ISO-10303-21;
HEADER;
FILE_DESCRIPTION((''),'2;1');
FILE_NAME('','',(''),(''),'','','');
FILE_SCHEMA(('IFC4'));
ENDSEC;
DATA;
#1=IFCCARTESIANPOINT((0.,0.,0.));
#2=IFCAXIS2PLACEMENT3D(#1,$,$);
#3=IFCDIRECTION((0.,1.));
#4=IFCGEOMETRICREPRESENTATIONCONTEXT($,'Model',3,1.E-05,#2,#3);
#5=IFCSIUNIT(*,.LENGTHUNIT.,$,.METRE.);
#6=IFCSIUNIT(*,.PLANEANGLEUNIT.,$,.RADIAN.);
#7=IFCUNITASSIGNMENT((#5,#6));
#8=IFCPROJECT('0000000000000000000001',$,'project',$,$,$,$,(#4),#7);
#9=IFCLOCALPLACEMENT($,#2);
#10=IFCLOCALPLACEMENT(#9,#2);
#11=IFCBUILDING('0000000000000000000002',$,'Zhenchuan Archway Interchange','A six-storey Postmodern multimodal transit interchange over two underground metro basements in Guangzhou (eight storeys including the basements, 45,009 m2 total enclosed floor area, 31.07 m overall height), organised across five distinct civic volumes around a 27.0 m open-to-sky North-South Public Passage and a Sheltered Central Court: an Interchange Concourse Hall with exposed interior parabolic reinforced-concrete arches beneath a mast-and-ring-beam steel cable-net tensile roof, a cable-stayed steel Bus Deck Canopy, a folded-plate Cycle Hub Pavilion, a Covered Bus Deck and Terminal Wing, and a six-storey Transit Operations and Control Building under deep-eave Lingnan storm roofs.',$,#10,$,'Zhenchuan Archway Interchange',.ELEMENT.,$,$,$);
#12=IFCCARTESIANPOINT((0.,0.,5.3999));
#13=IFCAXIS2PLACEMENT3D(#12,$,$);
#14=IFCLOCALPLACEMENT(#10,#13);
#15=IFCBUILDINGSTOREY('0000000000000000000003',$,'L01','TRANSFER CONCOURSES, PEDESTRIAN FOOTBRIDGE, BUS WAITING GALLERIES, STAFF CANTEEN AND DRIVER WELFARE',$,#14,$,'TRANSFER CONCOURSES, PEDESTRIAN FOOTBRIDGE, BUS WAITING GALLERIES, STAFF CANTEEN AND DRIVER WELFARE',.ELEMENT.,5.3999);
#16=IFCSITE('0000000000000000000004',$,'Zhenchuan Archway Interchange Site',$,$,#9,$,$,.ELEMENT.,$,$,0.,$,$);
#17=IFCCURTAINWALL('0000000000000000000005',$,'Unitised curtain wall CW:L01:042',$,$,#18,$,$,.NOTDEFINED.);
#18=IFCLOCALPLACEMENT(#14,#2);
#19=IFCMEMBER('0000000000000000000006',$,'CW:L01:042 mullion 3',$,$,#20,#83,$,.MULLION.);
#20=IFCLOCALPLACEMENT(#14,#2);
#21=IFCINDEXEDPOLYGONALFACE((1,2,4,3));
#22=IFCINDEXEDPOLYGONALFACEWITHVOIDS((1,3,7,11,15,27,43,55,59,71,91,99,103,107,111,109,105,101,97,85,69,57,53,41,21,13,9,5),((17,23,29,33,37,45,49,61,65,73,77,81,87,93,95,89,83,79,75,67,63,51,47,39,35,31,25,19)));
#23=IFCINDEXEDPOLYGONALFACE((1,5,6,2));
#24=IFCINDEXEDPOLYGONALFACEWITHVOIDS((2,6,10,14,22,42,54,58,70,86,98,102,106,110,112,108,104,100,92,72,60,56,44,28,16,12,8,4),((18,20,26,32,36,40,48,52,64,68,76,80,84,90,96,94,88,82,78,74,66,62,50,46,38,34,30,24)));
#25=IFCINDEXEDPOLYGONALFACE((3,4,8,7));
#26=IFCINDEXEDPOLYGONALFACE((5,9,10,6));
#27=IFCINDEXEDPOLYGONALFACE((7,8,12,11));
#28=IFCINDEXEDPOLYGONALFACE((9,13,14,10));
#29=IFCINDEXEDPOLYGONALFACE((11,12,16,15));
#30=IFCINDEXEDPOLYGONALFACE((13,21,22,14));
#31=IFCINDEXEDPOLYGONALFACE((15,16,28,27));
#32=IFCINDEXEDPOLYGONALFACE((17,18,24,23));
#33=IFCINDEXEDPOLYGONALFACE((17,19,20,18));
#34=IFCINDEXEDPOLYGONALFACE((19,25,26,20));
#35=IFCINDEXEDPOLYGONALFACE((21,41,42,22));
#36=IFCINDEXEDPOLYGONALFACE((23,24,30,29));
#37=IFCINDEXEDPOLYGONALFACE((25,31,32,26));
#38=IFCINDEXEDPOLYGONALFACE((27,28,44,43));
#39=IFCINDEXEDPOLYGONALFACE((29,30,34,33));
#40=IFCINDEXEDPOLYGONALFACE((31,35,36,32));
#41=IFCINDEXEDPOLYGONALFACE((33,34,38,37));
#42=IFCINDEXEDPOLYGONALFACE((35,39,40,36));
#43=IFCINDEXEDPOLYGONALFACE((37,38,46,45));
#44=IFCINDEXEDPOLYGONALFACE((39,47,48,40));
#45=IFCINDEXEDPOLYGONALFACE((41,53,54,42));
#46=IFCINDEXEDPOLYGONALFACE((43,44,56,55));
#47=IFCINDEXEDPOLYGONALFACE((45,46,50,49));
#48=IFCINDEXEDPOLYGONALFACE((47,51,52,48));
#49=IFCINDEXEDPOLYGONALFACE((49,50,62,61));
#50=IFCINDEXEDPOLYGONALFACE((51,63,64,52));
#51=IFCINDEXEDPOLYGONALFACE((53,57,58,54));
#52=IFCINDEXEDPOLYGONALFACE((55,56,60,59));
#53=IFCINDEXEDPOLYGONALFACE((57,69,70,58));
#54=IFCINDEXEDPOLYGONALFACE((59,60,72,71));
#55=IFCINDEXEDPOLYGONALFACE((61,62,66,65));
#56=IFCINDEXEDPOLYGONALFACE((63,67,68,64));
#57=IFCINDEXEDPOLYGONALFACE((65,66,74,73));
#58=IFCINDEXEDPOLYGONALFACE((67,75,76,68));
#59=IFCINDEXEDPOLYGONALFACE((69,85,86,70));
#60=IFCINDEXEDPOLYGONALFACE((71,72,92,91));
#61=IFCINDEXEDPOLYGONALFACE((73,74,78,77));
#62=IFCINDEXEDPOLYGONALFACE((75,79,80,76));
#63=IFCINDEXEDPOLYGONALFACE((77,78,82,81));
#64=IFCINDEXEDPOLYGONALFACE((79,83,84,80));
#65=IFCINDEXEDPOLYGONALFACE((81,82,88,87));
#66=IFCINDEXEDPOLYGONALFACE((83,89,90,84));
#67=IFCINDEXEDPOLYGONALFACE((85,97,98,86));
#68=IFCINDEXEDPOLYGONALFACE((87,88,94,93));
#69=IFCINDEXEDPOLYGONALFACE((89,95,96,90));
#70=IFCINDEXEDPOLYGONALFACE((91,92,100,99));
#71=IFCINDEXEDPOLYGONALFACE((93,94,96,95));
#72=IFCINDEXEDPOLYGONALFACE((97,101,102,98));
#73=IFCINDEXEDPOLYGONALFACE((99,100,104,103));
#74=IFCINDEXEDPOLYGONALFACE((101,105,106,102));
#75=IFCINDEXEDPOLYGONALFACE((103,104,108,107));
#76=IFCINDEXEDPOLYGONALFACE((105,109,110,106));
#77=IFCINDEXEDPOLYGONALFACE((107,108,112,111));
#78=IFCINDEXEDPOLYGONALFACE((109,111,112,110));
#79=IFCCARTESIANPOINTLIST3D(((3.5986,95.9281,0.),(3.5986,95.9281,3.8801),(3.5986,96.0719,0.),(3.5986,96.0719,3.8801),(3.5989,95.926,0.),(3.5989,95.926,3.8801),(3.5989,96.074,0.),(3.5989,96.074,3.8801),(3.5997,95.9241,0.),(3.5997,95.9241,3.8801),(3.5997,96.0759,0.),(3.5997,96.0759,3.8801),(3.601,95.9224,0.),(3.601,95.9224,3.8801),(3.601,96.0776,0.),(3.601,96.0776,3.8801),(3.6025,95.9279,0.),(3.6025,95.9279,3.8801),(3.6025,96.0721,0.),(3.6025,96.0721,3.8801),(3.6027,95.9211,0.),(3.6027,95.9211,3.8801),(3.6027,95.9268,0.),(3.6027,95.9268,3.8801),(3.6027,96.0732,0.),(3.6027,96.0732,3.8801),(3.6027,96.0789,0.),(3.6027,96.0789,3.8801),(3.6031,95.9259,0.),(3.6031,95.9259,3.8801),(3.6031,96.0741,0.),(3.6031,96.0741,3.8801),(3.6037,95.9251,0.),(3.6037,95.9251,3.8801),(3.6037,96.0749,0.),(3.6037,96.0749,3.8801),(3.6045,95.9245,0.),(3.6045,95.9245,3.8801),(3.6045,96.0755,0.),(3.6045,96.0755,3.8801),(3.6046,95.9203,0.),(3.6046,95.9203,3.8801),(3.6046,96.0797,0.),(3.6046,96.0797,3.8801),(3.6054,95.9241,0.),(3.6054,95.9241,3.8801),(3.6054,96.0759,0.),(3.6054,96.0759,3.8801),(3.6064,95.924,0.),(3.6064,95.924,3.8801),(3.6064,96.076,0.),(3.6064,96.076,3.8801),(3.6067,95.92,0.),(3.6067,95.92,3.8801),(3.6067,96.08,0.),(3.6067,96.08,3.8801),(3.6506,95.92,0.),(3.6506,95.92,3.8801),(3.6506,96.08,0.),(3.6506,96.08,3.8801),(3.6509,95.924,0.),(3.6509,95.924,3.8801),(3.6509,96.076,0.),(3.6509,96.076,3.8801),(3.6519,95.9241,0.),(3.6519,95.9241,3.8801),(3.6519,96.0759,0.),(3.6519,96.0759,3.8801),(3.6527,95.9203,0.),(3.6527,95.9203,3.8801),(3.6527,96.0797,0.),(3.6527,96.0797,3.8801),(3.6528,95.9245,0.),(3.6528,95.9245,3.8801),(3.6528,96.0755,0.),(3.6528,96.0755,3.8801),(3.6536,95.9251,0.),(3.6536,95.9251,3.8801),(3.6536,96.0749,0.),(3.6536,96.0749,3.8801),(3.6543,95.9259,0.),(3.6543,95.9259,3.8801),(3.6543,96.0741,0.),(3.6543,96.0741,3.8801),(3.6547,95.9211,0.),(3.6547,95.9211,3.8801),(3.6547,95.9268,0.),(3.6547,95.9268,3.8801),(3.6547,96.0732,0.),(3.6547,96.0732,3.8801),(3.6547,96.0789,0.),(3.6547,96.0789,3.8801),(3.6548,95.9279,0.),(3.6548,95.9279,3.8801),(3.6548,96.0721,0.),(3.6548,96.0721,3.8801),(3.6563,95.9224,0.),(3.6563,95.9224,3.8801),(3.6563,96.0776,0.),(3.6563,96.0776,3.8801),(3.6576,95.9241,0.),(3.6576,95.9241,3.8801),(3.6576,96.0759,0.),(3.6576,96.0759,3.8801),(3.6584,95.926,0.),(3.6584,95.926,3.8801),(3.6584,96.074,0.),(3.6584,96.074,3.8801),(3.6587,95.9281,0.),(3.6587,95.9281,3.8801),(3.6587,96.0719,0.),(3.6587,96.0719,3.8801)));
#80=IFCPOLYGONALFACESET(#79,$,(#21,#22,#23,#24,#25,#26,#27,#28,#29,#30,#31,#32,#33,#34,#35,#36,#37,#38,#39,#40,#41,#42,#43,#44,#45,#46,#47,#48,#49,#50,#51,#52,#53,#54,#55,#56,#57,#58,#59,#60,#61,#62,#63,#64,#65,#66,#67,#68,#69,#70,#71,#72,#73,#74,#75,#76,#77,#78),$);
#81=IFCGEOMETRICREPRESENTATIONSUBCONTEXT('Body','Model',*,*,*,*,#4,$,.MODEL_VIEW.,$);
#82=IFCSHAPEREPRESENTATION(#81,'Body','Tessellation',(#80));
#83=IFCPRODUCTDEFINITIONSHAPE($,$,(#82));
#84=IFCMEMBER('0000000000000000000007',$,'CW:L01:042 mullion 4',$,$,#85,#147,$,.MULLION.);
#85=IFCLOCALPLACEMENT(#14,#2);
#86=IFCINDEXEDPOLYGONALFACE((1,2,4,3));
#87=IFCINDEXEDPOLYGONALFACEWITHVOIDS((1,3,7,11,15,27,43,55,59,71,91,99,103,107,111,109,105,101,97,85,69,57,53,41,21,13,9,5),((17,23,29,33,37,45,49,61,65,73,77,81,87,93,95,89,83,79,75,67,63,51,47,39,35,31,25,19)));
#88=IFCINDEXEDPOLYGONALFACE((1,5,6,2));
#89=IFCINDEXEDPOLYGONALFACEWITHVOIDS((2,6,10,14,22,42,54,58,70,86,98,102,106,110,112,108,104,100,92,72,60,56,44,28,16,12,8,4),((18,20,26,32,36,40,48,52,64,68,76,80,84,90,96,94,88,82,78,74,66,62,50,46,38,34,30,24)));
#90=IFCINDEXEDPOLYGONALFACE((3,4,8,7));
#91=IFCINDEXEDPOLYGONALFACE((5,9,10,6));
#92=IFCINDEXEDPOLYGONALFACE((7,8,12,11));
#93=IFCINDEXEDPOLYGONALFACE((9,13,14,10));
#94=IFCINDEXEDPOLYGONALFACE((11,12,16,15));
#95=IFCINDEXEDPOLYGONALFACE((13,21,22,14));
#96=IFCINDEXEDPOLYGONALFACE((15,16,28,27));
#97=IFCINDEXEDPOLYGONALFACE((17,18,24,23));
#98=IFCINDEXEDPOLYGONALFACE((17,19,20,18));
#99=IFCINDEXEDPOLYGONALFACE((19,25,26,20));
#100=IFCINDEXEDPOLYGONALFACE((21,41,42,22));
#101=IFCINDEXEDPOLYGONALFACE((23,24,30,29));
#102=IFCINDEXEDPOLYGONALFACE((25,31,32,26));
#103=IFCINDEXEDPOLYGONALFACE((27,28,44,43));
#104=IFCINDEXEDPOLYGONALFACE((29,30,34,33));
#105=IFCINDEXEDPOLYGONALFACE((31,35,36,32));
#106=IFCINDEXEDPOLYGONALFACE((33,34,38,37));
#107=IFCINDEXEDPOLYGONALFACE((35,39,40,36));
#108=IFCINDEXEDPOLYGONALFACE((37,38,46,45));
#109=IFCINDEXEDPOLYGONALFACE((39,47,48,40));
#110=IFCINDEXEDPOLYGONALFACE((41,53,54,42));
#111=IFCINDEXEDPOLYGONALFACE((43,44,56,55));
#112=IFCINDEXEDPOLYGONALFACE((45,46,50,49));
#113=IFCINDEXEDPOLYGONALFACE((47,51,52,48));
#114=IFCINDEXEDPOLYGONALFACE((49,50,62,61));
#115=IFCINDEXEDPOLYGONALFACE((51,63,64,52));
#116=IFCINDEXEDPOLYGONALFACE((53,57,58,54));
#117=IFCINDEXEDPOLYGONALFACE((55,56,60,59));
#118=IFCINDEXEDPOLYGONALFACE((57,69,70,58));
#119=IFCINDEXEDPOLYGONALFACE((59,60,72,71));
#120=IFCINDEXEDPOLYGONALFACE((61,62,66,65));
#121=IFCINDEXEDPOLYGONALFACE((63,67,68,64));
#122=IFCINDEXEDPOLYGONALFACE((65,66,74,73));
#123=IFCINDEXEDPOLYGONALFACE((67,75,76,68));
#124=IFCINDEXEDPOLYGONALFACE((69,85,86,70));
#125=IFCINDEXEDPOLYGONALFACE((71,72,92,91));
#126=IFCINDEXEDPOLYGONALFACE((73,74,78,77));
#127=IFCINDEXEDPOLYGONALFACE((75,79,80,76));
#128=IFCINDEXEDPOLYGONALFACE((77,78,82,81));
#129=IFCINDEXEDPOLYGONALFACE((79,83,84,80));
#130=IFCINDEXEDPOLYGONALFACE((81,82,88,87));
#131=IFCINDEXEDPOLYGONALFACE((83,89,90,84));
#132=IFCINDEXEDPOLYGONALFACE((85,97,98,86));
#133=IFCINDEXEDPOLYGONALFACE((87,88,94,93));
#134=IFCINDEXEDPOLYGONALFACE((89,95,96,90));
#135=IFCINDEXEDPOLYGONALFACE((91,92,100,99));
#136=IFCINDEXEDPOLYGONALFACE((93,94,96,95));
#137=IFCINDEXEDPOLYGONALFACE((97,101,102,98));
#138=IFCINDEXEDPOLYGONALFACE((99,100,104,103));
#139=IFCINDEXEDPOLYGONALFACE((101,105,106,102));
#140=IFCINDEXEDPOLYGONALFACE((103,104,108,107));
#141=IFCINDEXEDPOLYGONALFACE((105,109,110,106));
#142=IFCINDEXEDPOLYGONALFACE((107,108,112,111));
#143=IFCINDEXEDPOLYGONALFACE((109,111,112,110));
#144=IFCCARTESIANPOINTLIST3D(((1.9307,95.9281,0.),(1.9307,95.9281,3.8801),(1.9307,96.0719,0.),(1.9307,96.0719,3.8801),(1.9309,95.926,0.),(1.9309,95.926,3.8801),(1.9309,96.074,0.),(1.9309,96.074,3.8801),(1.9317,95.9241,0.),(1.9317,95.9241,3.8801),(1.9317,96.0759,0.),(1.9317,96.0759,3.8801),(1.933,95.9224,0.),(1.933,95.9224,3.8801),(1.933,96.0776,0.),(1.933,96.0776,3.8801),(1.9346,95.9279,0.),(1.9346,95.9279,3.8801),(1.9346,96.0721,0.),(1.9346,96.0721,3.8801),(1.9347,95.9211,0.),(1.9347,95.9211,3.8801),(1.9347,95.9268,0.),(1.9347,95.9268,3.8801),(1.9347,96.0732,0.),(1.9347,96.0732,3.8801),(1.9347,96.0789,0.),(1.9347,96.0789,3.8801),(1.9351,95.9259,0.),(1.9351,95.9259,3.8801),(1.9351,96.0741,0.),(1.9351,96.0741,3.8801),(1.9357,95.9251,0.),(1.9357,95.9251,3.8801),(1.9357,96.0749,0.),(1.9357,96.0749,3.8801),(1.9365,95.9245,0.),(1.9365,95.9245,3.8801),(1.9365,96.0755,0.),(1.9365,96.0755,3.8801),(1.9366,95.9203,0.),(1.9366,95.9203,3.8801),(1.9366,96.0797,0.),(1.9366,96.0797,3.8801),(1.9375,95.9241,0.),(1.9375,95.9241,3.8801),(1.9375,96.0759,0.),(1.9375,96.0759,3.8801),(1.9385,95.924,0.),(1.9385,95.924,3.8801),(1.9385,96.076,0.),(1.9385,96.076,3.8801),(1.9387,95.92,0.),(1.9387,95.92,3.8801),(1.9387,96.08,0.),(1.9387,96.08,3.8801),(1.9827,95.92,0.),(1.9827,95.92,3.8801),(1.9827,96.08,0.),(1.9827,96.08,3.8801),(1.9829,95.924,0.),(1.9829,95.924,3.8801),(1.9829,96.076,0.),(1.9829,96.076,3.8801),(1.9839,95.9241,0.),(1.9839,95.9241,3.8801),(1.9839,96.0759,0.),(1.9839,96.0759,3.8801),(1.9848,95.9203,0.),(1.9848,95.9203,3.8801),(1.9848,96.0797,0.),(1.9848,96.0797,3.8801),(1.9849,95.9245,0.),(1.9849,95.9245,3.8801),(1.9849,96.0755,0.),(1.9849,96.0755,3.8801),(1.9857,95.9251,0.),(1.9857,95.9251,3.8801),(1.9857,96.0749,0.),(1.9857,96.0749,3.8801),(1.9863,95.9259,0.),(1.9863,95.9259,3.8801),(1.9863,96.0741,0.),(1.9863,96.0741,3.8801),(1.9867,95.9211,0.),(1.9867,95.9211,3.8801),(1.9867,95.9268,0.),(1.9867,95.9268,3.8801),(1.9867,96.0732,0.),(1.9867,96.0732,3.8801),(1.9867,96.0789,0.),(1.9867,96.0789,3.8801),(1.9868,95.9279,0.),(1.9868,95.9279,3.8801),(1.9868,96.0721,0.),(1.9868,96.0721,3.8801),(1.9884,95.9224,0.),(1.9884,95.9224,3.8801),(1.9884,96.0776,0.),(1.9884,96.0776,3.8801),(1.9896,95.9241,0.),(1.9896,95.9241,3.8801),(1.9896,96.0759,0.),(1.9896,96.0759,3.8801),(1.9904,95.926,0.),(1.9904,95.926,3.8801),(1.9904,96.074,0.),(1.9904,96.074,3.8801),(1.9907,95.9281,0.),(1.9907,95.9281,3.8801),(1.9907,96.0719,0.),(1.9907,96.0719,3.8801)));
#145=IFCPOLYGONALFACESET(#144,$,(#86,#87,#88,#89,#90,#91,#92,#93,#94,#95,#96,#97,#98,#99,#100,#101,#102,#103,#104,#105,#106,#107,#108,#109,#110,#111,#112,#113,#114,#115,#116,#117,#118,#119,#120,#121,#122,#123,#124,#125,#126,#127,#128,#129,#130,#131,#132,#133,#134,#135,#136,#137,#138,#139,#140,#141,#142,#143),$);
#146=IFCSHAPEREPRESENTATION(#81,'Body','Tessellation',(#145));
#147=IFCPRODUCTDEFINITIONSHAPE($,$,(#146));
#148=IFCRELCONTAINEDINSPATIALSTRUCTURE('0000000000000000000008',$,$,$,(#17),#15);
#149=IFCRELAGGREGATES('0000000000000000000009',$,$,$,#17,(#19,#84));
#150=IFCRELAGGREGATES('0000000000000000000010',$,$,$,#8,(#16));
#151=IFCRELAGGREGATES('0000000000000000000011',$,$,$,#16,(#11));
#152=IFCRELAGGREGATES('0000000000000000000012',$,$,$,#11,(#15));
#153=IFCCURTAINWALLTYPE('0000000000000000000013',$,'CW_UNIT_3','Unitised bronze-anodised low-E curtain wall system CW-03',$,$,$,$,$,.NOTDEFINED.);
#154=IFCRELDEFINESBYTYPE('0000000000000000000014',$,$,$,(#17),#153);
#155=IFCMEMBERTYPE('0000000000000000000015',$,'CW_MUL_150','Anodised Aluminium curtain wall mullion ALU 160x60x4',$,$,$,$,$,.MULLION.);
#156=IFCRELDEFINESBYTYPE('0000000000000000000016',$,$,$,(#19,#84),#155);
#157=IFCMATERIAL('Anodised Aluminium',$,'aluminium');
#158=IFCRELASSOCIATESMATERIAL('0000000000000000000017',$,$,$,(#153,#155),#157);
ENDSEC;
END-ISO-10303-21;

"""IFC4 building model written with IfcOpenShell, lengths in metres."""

from ifc_helpers import new_model, si_unit, direction, frame, origin, origin_2d, place, context, subcontext, project, spatial, hollow_rectangle, extrude, material, material_profile, profile_set, type_object, element, aggregate, save


model = new_model("IFC4")

# Units and contexts
model_context = context("Model", 3, precision=1e-05, world=origin(), true_north=direction((0.0, 1.0)))
body_context = subcontext(model_context, "Body", "Model", "MODEL_VIEW")
ifc_project = project(units=[si_unit("LENGTHUNIT", "METRE"), si_unit("PLANEANGLEUNIT", "RADIAN")], contexts=[model_context])

# Site, building, storey
site_placement = place(None, origin())
site = spatial("IfcSite", under=ifc_project, at=site_placement, Name="Zhenchuan Archway Interchange Site", CompositionType="ELEMENT", RefElevation=0.0)
building_placement = place(site_placement, origin())
building = spatial("IfcBuilding", under=site, at=building_placement, Name="Zhenchuan Archway Interchange", Description="A six-storey Postmodern multimodal transit interchange over two underground metro basements in Guangzhou (eight storeys including the basements, 45,009 m2 total enclosed floor area, 31.07 m overall height), organised across five distinct civic volumes around a 27.0 m open-to-sky North-South Public Passage and a Sheltered Central Court: an Interchange Concourse Hall with exposed interior parabolic reinforced-concrete arches beneath a mast-and-ring-beam steel cable-net tensile roof, a cable-stayed steel Bus Deck Canopy, a folded-plate Cycle Hub Pavilion, a Covered Bus Deck and Terminal Wing, and a six-storey Transit Operations and Control Building under deep-eave Lingnan storm roofs.", LongName="Zhenchuan Archway Interchange", CompositionType="ELEMENT")
storey_placement = place(building_placement, frame((0.0, 0.0, 5.3999)))
storey = spatial("IfcBuildingStorey", under=building, at=storey_placement, Name="L01", Description="TRANSFER CONCOURSES, PEDESTRIAN FOOTBRIDGE, BUS WAITING GALLERIES, STAFF CANTEEN AND DRIVER WELFARE", LongName="TRANSFER CONCOURSES, PEDESTRIAN FOOTBRIDGE, BUS WAITING GALLERIES, STAFF CANTEEN AND DRIVER WELFARE", CompositionType="ELEMENT", Elevation=5.3999)

# Curtain wall, members
ifc_material_1 = material(Name="Anodised Aluminium", Category="aluminium")
curtain_wall_type = type_object("IfcCurtainWallType", Name="CW_UNIT_3", Description="Unitised bronze-anodised low-E curtain wall system CW-03", PredefinedType="NOTDEFINED", material=ifc_material_1)
curtain_wall_placement = place(storey_placement, origin())
curtain_wall = element("IfcCurtainWall", 1, at=curtain_wall_placement, inside=storey, type_object=curtain_wall_type, Name="Unitised curtain wall CW:L01:042", PredefinedType="NOTDEFINED")
ifc_material_profile_1 = material_profile(ifc_material_1, hollow_rectangle(XDim=0.0601, YDim=0.1599, WallThickness=0.0039, InnerFilletRadius=0.0039, OuterFilletRadius=0.0081, at=origin_2d()), Name="ALU 160x60x4")
ifc_profile_set_1 = profile_set([ifc_material_profile_1], Name="Anodised Aluminium")
member_type_1 = type_object("IfcMemberType", Name="CW_MUL_150", Description="Anodised Aluminium curtain wall mullion ALU 160x60x4", PredefinedType="MULLION", material=ifc_profile_set_1)
member_1_placement = place(storey_placement, frame((3.6287, 96.0, 0.0), z_axis=(0.0, 0.0, 1.0), x_axis=(1.0, 0.0, 0.0)))
member_1 = element("IfcMember", 2, at=member_1_placement, type_object=member_type_1, Name="CW:L01:042 mullion 3", PredefinedType="MULLION", context=body_context, shape_type="SweptSolid", body=[
    extrude(hollow_rectangle(XDim=0.0601, YDim=0.1599, WallThickness=0.0039, InnerFilletRadius=0.0039, OuterFilletRadius=0.0081, at=origin_2d()), origin(), (0.0, 0.0, 1.0), 3.8801),
])
member_2_placement = place(storey_placement, frame((1.9607, 96.0, 0.0), z_axis=(0.0, 0.0, 1.0), x_axis=(1.0, 0.0, 0.0)))
member_2 = element("IfcMember", 3, at=member_2_placement, type_object=member_type_1, Name="CW:L01:042 mullion 4", PredefinedType="MULLION", context=body_context, shape_type="SweptSolid", body=[
    extrude(hollow_rectangle(XDim=0.0601, YDim=0.1599, WallThickness=0.0039, InnerFilletRadius=0.0039, OuterFilletRadius=0.0081, at=origin_2d()), origin(), (0.0, 0.0, 1.0), 3.8801),
])

aggregate(curtain_wall, [member_1, member_2])

save(model, "model.ifc")
